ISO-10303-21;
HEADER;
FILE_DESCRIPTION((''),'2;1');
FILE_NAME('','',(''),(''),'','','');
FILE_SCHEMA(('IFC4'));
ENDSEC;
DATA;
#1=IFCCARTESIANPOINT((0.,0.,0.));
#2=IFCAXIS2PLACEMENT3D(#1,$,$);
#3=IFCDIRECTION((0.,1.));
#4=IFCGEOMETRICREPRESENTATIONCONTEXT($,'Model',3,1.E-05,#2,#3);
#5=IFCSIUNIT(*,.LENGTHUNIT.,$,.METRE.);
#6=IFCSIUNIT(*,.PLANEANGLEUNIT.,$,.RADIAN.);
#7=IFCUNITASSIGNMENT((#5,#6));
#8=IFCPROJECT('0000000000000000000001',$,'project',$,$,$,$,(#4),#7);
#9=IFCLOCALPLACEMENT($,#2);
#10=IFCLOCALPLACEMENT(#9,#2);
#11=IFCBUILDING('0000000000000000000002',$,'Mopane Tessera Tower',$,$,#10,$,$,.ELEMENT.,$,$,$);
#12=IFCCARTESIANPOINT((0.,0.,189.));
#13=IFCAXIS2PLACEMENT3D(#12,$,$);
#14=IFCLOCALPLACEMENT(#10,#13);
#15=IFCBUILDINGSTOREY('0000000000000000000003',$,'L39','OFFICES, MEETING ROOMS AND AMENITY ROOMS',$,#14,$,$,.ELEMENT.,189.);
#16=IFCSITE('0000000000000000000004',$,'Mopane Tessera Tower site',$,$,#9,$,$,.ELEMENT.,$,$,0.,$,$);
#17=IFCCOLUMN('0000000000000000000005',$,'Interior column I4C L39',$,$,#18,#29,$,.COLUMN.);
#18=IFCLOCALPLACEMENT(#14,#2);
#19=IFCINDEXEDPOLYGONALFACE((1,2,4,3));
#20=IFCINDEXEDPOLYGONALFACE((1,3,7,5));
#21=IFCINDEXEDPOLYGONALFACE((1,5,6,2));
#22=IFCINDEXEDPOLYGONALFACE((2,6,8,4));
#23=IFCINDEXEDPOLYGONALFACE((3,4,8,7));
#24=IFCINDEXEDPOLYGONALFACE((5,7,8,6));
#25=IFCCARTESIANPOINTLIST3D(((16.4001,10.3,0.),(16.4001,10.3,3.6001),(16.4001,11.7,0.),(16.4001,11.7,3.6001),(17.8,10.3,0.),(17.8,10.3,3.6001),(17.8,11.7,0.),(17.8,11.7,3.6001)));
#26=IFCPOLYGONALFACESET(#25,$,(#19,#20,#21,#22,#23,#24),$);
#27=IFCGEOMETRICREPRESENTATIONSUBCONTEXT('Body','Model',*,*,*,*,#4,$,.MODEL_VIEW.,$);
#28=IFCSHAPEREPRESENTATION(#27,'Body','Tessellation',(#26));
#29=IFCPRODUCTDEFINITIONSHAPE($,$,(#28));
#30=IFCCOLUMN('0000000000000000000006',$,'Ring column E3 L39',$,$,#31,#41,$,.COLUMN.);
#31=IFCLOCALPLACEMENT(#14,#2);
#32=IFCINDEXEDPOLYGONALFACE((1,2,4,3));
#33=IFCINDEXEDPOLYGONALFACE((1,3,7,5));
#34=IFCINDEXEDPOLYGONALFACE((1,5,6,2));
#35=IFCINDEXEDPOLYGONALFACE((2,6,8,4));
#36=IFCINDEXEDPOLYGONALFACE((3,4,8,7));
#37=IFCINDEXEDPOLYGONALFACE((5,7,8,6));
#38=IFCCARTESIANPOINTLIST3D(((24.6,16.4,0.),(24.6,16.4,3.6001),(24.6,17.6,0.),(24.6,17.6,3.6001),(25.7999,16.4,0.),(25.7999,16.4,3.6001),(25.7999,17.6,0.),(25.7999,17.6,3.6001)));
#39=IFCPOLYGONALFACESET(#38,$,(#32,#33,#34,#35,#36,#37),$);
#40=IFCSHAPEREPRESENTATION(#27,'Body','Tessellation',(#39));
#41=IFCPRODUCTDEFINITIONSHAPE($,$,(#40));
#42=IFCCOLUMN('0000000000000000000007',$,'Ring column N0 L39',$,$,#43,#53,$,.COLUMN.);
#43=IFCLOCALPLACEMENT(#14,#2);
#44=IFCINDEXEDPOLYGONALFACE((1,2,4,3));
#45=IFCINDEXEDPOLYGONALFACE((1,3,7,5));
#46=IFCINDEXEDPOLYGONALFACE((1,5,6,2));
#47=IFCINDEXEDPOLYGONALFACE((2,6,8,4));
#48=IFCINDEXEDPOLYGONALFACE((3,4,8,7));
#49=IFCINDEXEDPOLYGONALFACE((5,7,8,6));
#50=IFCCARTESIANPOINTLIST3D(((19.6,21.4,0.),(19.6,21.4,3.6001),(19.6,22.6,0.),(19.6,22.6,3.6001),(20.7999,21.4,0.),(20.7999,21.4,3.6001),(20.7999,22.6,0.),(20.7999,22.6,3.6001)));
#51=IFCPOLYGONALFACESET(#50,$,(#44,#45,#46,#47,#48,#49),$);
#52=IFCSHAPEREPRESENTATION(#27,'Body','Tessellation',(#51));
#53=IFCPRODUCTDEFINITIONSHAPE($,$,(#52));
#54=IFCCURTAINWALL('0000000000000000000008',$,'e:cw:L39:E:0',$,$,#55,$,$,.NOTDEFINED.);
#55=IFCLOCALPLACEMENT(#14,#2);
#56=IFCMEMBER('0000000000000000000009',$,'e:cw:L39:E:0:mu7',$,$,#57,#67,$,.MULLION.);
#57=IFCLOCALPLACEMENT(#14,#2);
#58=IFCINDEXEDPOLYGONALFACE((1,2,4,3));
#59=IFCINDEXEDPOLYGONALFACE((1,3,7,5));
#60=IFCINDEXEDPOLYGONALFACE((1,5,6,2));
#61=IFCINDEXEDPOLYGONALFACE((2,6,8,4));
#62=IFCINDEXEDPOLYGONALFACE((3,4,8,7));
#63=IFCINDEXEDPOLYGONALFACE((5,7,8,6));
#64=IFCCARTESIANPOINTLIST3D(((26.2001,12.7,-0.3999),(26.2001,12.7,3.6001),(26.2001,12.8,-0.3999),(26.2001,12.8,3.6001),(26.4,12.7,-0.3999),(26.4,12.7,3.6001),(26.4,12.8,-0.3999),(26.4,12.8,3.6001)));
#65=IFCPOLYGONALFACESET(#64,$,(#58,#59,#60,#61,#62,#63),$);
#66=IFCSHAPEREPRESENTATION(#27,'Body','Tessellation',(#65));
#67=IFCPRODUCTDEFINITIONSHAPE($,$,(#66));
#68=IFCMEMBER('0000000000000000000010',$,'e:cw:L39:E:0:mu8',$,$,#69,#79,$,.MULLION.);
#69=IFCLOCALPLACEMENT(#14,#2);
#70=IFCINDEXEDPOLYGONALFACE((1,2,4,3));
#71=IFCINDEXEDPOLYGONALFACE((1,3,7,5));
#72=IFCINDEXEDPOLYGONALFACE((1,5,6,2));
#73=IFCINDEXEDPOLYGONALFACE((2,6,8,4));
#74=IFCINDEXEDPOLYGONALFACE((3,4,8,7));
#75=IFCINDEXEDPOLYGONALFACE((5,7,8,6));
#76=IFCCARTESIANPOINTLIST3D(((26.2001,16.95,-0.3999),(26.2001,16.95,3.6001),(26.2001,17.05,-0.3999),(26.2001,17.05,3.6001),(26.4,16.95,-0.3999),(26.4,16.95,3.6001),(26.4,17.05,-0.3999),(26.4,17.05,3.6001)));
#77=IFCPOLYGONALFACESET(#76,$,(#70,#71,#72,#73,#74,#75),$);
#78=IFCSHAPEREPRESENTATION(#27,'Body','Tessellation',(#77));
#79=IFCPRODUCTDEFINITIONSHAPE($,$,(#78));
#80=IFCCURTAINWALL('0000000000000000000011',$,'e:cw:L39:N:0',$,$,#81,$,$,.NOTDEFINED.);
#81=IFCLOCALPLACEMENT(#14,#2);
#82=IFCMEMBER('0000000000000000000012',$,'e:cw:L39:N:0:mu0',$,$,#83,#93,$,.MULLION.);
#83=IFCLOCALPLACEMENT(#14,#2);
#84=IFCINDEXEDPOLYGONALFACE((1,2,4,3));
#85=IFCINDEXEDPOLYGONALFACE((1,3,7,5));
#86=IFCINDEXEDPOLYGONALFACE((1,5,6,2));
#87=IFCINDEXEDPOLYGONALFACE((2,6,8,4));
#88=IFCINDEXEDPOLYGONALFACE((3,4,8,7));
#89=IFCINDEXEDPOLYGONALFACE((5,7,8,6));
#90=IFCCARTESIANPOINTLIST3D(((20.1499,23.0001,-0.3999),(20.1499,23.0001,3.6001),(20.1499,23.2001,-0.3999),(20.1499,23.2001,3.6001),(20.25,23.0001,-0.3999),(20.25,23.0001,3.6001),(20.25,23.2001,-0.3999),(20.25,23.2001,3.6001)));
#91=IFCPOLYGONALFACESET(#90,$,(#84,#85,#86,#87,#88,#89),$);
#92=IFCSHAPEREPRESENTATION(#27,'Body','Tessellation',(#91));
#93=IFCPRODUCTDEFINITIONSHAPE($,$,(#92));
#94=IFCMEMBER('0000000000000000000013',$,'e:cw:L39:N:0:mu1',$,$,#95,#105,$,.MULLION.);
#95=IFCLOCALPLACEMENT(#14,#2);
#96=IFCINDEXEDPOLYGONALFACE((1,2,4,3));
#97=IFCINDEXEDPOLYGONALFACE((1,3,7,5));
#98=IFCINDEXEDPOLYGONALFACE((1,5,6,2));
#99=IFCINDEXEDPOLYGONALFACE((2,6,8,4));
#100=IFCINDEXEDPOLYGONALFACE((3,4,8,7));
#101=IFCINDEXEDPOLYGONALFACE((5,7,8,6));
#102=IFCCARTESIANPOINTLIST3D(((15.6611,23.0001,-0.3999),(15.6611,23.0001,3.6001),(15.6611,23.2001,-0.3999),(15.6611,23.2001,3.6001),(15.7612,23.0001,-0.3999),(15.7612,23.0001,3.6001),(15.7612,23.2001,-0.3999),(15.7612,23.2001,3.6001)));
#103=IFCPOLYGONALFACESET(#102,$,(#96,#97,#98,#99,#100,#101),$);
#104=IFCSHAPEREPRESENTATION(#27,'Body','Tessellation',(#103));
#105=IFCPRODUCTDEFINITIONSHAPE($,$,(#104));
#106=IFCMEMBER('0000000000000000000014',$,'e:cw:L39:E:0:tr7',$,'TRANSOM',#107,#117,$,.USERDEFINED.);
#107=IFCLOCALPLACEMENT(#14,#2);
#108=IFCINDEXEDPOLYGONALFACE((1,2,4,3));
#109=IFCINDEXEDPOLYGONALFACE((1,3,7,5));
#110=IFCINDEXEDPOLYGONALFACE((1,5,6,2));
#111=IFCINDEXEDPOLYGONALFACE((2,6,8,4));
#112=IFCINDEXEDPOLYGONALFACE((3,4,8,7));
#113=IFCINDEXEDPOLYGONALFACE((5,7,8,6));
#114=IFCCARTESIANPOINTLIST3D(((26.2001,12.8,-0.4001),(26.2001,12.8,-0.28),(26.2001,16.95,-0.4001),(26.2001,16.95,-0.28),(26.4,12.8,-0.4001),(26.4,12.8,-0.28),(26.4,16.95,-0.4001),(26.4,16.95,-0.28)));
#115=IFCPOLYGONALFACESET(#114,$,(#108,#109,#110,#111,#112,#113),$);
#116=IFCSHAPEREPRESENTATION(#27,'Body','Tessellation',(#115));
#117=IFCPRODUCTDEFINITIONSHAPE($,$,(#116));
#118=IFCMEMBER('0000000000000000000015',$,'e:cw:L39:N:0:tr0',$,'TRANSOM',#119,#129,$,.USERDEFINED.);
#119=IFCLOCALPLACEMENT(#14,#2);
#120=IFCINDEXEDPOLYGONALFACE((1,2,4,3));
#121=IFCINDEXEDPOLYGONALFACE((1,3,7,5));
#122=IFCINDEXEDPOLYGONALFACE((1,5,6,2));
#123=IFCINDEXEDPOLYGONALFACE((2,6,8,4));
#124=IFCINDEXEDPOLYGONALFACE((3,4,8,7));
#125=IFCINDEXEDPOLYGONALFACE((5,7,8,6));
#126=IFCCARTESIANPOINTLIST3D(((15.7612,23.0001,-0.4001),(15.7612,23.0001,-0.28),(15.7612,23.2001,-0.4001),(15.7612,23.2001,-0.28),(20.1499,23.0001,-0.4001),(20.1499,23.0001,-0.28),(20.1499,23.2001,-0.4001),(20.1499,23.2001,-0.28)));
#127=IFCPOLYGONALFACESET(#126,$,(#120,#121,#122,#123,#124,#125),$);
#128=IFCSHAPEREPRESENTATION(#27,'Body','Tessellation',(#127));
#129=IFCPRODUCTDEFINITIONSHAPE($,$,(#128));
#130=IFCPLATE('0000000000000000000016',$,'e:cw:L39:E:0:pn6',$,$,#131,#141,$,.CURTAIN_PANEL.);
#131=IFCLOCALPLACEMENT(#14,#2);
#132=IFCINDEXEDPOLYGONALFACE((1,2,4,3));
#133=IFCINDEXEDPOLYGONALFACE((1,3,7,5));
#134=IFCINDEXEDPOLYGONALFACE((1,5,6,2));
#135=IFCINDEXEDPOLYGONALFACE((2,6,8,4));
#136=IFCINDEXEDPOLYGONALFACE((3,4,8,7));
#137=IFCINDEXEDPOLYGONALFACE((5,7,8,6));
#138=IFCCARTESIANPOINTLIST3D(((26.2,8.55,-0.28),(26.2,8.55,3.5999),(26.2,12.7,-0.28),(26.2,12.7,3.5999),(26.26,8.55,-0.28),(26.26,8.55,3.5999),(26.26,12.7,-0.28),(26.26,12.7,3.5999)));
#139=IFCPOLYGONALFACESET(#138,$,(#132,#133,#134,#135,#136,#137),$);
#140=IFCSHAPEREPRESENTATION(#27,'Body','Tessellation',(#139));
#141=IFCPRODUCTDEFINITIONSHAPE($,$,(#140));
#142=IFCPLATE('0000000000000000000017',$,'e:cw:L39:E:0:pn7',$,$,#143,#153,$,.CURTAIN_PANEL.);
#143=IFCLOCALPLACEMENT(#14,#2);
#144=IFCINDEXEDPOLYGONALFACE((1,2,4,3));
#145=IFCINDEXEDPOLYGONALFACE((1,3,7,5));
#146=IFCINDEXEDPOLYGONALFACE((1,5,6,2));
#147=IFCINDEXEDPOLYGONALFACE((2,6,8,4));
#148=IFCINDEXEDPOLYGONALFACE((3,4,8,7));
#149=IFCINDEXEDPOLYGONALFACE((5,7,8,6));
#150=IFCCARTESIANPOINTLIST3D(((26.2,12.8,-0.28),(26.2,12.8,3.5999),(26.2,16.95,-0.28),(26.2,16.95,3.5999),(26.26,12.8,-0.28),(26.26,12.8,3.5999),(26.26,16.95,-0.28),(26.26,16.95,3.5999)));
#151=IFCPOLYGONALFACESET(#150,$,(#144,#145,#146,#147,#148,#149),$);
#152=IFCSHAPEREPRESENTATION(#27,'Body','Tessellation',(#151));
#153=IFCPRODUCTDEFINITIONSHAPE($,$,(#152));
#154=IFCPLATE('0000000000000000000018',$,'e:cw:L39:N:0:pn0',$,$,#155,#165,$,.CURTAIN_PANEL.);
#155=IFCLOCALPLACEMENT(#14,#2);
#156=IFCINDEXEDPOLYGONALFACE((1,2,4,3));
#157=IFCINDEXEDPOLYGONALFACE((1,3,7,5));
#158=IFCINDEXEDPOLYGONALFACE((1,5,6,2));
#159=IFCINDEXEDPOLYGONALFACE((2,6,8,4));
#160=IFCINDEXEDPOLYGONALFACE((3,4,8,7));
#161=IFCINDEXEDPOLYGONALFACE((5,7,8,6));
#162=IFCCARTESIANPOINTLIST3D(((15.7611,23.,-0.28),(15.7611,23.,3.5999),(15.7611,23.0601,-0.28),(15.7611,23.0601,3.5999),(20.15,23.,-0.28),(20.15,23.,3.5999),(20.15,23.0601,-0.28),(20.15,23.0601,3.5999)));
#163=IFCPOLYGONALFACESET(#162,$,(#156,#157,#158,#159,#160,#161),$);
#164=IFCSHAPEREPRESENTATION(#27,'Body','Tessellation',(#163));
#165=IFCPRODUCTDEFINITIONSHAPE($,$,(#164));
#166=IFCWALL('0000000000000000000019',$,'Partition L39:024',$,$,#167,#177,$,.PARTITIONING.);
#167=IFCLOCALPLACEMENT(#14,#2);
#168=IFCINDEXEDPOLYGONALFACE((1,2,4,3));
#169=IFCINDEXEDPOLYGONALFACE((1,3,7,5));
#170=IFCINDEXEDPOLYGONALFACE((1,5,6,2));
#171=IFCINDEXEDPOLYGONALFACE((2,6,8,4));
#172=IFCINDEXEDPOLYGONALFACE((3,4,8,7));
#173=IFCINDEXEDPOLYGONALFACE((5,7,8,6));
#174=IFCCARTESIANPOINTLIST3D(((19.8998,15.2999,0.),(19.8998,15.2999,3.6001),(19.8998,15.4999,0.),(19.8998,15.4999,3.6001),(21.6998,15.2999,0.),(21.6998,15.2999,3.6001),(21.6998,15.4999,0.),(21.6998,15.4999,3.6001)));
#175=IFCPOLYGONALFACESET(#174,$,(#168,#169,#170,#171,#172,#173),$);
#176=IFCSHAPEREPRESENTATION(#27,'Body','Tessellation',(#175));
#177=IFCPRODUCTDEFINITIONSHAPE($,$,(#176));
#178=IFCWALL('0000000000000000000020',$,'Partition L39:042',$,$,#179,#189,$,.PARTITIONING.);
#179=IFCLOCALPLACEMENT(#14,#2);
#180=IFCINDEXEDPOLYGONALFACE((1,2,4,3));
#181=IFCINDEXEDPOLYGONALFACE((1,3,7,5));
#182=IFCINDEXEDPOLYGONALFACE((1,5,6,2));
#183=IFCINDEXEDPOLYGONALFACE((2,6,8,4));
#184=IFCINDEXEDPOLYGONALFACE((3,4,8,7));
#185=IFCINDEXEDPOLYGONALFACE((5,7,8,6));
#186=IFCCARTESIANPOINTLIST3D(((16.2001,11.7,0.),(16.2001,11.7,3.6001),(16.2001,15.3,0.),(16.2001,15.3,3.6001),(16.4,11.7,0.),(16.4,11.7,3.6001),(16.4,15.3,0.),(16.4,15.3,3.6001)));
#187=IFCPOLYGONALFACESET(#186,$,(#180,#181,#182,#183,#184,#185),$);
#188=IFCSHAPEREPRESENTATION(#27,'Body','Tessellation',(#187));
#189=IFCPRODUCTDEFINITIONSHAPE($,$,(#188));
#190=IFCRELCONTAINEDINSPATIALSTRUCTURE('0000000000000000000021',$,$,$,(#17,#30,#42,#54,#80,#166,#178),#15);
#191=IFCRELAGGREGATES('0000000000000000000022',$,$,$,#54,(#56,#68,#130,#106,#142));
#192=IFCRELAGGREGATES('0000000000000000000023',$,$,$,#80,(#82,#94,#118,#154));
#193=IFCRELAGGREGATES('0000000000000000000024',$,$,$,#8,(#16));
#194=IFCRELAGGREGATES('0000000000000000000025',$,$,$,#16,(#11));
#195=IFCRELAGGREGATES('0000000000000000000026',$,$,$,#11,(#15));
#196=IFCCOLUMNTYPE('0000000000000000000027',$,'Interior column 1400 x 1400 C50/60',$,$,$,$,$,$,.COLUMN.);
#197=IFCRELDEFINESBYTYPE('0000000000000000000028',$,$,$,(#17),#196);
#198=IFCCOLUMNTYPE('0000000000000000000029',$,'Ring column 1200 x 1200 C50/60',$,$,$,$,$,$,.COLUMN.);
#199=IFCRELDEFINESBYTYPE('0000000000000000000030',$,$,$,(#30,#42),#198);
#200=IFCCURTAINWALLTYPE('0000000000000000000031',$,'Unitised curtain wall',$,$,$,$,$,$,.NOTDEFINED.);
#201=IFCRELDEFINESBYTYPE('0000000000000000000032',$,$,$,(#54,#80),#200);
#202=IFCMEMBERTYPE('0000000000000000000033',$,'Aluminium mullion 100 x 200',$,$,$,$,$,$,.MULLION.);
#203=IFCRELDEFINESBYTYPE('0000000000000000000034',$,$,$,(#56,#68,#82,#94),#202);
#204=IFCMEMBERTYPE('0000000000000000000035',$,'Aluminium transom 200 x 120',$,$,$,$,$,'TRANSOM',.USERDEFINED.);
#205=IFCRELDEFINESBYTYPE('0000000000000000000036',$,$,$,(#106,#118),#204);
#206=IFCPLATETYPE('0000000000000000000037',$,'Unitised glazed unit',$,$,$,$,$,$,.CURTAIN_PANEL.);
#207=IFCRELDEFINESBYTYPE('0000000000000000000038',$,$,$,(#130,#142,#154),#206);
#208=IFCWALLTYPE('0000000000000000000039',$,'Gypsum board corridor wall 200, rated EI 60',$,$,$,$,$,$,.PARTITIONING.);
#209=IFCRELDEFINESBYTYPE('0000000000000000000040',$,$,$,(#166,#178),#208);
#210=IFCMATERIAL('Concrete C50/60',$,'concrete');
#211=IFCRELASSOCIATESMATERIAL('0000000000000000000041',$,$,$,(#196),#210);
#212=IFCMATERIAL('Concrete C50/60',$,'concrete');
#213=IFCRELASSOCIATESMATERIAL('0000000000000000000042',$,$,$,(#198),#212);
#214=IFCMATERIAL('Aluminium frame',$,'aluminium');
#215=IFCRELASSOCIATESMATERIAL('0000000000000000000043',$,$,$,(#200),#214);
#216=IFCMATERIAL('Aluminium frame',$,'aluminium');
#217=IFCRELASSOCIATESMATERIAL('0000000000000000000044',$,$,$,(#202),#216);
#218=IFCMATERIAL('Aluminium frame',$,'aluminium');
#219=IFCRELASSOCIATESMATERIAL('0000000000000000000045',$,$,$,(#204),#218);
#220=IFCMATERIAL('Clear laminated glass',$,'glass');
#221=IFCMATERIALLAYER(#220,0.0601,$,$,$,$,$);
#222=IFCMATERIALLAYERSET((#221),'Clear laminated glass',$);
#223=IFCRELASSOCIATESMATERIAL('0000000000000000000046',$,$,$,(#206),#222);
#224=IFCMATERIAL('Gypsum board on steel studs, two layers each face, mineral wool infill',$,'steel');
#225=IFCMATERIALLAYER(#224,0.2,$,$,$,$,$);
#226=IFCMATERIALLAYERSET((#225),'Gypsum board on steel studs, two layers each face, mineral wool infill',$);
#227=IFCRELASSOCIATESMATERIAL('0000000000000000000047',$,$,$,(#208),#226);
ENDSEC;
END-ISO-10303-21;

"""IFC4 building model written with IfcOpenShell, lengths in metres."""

from ifc_helpers import new_model, si_unit, direction, frame, frame_2d, origin, origin_2d, place, context, subcontext, project, spatial, rectangle, extrude, material, layer, layer_set, material_profile, profile_set, type_object, element, aggregate, save


model = new_model("IFC4")

# Units and contexts
model_context = context("Model", 3, precision=1e-05, world=origin(), true_north=direction((0.0, 1.0)))
body_context = subcontext(model_context, "Body", "Model", "MODEL_VIEW")
ifc_project = project(units=[si_unit("LENGTHUNIT", "METRE"), si_unit("PLANEANGLEUNIT", "RADIAN")], contexts=[model_context])

# Site, building, storey
site_placement = place(None, origin())
site = spatial("IfcSite", under=ifc_project, at=site_placement, Name="Mopane Tessera Tower site", CompositionType="ELEMENT", RefElevation=0.0)
building_placement = place(site_placement, origin())
building = spatial("IfcBuilding", under=site, at=building_placement, Name="Mopane Tessera Tower", CompositionType="ELEMENT")
storey_placement = place(building_placement, frame((0.0, 0.0, 189.0)))
storey = spatial("IfcBuildingStorey", under=building, at=storey_placement, Name="L39", Description="OFFICES, MEETING ROOMS AND AMENITY ROOMS", CompositionType="ELEMENT", Elevation=189.0)

# Columns
ifc_material_1 = material(Name="Concrete C50/60", Category="concrete")
ifc_material_profile_1 = material_profile(ifc_material_1, rectangle(XDim=1.3999, YDim=1.3999, at=origin_2d()))
ifc_profile_set_1 = profile_set([ifc_material_profile_1], Name="Concrete C50/60")
column_type_1 = type_object("IfcColumnType", Name="Interior column 1400 x 1400 C50/60", PredefinedType="COLUMN", material=ifc_profile_set_1)
column_placement = place(storey_placement, frame((17.1001, 11.0, 0.0), z_axis=(0.0, 0.0, 1.0), x_axis=(1.0, 0.0, 0.0)))
element("IfcColumn", 1, at=column_placement, inside=storey, type_object=column_type_1, Name="Interior column I4C L39", PredefinedType="COLUMN", context=body_context, shape_type="SweptSolid", body=[
    extrude(rectangle(XDim=1.3999, YDim=1.3999, at=origin_2d()), origin(), (0.0, 0.0, 1.0), 3.6001),
])
ifc_material_2 = material(Name="Concrete C50/60", Category="concrete")
ifc_material_profile_2 = material_profile(ifc_material_2, rectangle(XDim=1.2, YDim=1.2, at=origin_2d()))
ifc_profile_set_2 = profile_set([ifc_material_profile_2], Name="Concrete C50/60")
column_type_2 = type_object("IfcColumnType", Name="Ring column 1200 x 1200 C50/60", PredefinedType="COLUMN", material=ifc_profile_set_2)
for number, where, z_axis, x_axis, name in (
    (2, (25.2, 17.0, 0.0), (0.0, 0.0, 1.0), (1.0, 0.0, 0.0), "Ring column E3 L39"),
    (3, (20.2, 22.0, 0.0), (0.0, 0.0, 1.0), (1.0, 0.0, 0.0), "Ring column N0 L39"),
):
    element("IfcColumn", number, at=place(storey_placement, frame(where, z_axis=z_axis, x_axis=x_axis)), inside=storey, type_object=column_type_2, Name=name, PredefinedType="COLUMN", context=body_context, shape_type="SweptSolid", body=[
        extrude(rectangle(XDim=1.2, YDim=1.2, at=origin_2d()), origin(), (0.0, 0.0, 1.0), 3.6001),
    ])

# Curtain walls, members
ifc_material_3 = material(Name="Aluminium frame", Category="aluminium")
curtain_wall_type = type_object("IfcCurtainWallType", Name="Unitised curtain wall", PredefinedType="NOTDEFINED", material=ifc_material_3)
curtain_wall_1_placement = place(storey_placement, origin())
curtain_wall_1 = element("IfcCurtainWall", 4, at=curtain_wall_1_placement, inside=storey, type_object=curtain_wall_type, Name="e:cw:L39:E:0", PredefinedType="NOTDEFINED")
ifc_material_4 = material(Name="Aluminium frame", Category="aluminium")
ifc_material_profile_3 = material_profile(ifc_material_4, rectangle(XDim=0.1001, YDim=0.2, at=origin_2d()))
ifc_profile_set_3 = profile_set([ifc_material_profile_3], Name="Aluminium frame")
member_type_1 = type_object("IfcMemberType", Name="Aluminium mullion 100 x 200", PredefinedType="MULLION", material=ifc_profile_set_3)
member_1_placement = place(storey_placement, frame((26.3, 12.75, -0.3999), z_axis=(0.0, 0.0, 1.0), x_axis=(0.0, 1.0, 0.0)))
member_1 = element("IfcMember", 5, at=member_1_placement, type_object=member_type_1, Name="e:cw:L39:E:0:mu7", PredefinedType="MULLION", context=body_context, shape_type="SweptSolid", body=[
    extrude(rectangle(XDim=0.1001, YDim=0.2, at=origin_2d()), origin(), (0.0, 0.0, 1.0), 4.0),
])
member_2_placement = place(storey_placement, frame((26.3, 17.0, -0.3999), z_axis=(0.0, 0.0, 1.0), x_axis=(0.0, 1.0, 0.0)))
member_2 = element("IfcMember", 6, at=member_2_placement, type_object=member_type_1, Name="e:cw:L39:E:0:mu8", PredefinedType="MULLION", context=body_context, shape_type="SweptSolid", body=[
    extrude(rectangle(XDim=0.1001, YDim=0.2, at=origin_2d()), origin(), (0.0, 0.0, 1.0), 4.0),
])
curtain_wall_2_placement = place(storey_placement, origin())
curtain_wall_2 = element("IfcCurtainWall", 7, at=curtain_wall_2_placement, inside=storey, type_object=curtain_wall_type, Name="e:cw:L39:N:0", PredefinedType="NOTDEFINED")
member_3_placement = place(storey_placement, frame((20.2, 23.1001, -0.3999), z_axis=(0.0, 0.0, 1.0), x_axis=(-1.0, 0.0, 0.0)))
member_3 = element("IfcMember", 8, at=member_3_placement, type_object=member_type_1, Name="e:cw:L39:N:0:mu0", PredefinedType="MULLION", context=body_context, shape_type="SweptSolid", body=[
    extrude(rectangle(XDim=0.1001, YDim=0.2, at=origin_2d()), origin(), (0.0, 0.0, 1.0), 4.0),
])
member_4_placement = place(storey_placement, frame((15.7112, 23.1001, -0.3999), z_axis=(0.0, 0.0, 1.0), x_axis=(-1.0, 0.0, 0.0)))
member_4 = element("IfcMember", 9, at=member_4_placement, type_object=member_type_1, Name="e:cw:L39:N:0:mu1", PredefinedType="MULLION", context=body_context, shape_type="SweptSolid", body=[
    extrude(rectangle(XDim=0.1001, YDim=0.2, at=origin_2d()), origin(), (0.0, 0.0, 1.0), 4.0),
])

# Members
ifc_material_5 = material(Name="Aluminium frame", Category="aluminium")
ifc_material_profile_4 = material_profile(ifc_material_5, rectangle(XDim=0.2, YDim=0.1201, at=origin_2d()))
ifc_profile_set_4 = profile_set([ifc_material_profile_4], Name="Aluminium frame")
member_type_2 = type_object("IfcMemberType", Name="Aluminium transom 200 x 120", ElementType="TRANSOM", PredefinedType="USERDEFINED", material=ifc_profile_set_4)
member_5_placement = place(storey_placement, frame((26.3, 12.8, -0.3401), z_axis=(0.0, 1.0, 0.0), x_axis=(-1.0, 0.0, 0.0)))
member_5 = element("IfcMember", 10, at=member_5_placement, type_object=member_type_2, Name="e:cw:L39:E:0:tr7", ObjectType="TRANSOM", PredefinedType="USERDEFINED", context=body_context, shape_type="SweptSolid", body=[
    extrude(rectangle(XDim=0.2, YDim=0.1201, at=origin_2d()), origin(), (0.0, 0.0, 1.0), 4.1499),
])
member_6_placement = place(storey_placement, frame((20.1499, 23.1001, -0.3401), z_axis=(-1.0, 0.0, 0.0), x_axis=(0.0, -1.0, 0.0)))
member_6 = element("IfcMember", 11, at=member_6_placement, type_object=member_type_2, Name="e:cw:L39:N:0:tr0", ObjectType="TRANSOM", PredefinedType="USERDEFINED", context=body_context, shape_type="SweptSolid", body=[
    extrude(rectangle(XDim=0.2, YDim=0.1201, at=origin_2d()), origin(), (0.0, 0.0, 1.0), 4.3887),
])

# Plates
ifc_material_6 = material(Name="Clear laminated glass", Category="glass")
ifc_layer_1 = layer(ifc_material_6, 0.0601)
ifc_layer_set_1 = layer_set([ifc_layer_1], Name="Clear laminated glass")
plate_type = type_object("IfcPlateType", Name="Unitised glazed unit", PredefinedType="CURTAIN_PANEL", material=ifc_layer_set_1)
plate_1_placement = place(storey_placement, frame((26.23, 10.625, -0.28), z_axis=(0.0, 0.0, 1.0), x_axis=(0.0, 1.0, 0.0)))
plate_1 = element("IfcPlate", 12, at=plate_1_placement, type_object=plate_type, Name="e:cw:L39:E:0:pn6", PredefinedType="CURTAIN_PANEL", context=body_context, shape_type="SweptSolid", body=[
    extrude(rectangle(XDim=4.1499, YDim=0.0601, at=origin_2d()), origin(), (0.0, 0.0, 1.0), 3.8799),
])
plate_2_placement = place(storey_placement, frame((26.23, 14.875, -0.28), z_axis=(0.0, 0.0, 1.0), x_axis=(0.0, 1.0, 0.0)))
plate_2 = element("IfcPlate", 13, at=plate_2_placement, type_object=plate_type, Name="e:cw:L39:E:0:pn7", PredefinedType="CURTAIN_PANEL", context=body_context, shape_type="SweptSolid", body=[
    extrude(rectangle(XDim=4.1499, YDim=0.0601, at=origin_2d()), origin(), (0.0, 0.0, 1.0), 3.8799),
])
aggregate(curtain_wall_1, [member_1, member_2, plate_1, member_5, plate_2])
plate_3_placement = place(storey_placement, frame((17.9556, 23.03, -0.28), z_axis=(0.0, 0.0, 1.0), x_axis=(-1.0, 0.0, 0.0)))
plate_3 = element("IfcPlate", 14, at=plate_3_placement, type_object=plate_type, Name="e:cw:L39:N:0:pn0", PredefinedType="CURTAIN_PANEL", context=body_context, shape_type="SweptSolid", body=[
    extrude(rectangle(XDim=4.3889, YDim=0.0601, at=origin_2d()), origin(), (0.0, 0.0, 1.0), 3.8799),
])
aggregate(curtain_wall_2, [member_3, member_4, member_6, plate_3])

# Walls
ifc_material_7 = material(Name="Gypsum board on steel studs, two layers each face, mineral wool infill", Category="steel")
ifc_layer_2 = layer(ifc_material_7, 0.2)
ifc_layer_set_2 = layer_set([ifc_layer_2], Name="Gypsum board on steel studs, two layers each face, mineral wool infill")
wall_type_1 = type_object("IfcWallType", Name="Gypsum board corridor wall 200, rated EI 60", PredefinedType="PARTITIONING", material=ifc_layer_set_2)
wall_1_placement = place(storey_placement, frame((19.8999, 15.3999, 0.0), z_axis=(0.0, 0.0, 1.0), x_axis=(1.0, 0.0, 0.0)))
element("IfcWall", 15, at=wall_1_placement, inside=storey, type_object=wall_type_1, Name="Partition L39:024", PredefinedType="PARTITIONING", context=body_context, shape_type="SweptSolid", body=[
    extrude(rectangle(XDim=1.8, YDim=0.2, at=frame_2d((0.8999, 0.0))), origin(), (0.0, 0.0, 1.0), 3.6001),
])
wall_2_placement = place(storey_placement, frame((16.3, 11.7, 0.0), z_axis=(0.0, 0.0, 1.0), x_axis=(0.0, 1.0, 0.0)))
element("IfcWall", 16, at=wall_2_placement, inside=storey, type_object=wall_type_1, Name="Partition L39:042", PredefinedType="PARTITIONING", context=body_context, shape_type="SweptSolid", body=[
    extrude(rectangle(XDim=3.6001, YDim=0.2, at=frame_2d((1.8, 0.0))), origin(), (0.0, 0.0, 1.0), 3.6001),
])

save(model, "model.ifc")
